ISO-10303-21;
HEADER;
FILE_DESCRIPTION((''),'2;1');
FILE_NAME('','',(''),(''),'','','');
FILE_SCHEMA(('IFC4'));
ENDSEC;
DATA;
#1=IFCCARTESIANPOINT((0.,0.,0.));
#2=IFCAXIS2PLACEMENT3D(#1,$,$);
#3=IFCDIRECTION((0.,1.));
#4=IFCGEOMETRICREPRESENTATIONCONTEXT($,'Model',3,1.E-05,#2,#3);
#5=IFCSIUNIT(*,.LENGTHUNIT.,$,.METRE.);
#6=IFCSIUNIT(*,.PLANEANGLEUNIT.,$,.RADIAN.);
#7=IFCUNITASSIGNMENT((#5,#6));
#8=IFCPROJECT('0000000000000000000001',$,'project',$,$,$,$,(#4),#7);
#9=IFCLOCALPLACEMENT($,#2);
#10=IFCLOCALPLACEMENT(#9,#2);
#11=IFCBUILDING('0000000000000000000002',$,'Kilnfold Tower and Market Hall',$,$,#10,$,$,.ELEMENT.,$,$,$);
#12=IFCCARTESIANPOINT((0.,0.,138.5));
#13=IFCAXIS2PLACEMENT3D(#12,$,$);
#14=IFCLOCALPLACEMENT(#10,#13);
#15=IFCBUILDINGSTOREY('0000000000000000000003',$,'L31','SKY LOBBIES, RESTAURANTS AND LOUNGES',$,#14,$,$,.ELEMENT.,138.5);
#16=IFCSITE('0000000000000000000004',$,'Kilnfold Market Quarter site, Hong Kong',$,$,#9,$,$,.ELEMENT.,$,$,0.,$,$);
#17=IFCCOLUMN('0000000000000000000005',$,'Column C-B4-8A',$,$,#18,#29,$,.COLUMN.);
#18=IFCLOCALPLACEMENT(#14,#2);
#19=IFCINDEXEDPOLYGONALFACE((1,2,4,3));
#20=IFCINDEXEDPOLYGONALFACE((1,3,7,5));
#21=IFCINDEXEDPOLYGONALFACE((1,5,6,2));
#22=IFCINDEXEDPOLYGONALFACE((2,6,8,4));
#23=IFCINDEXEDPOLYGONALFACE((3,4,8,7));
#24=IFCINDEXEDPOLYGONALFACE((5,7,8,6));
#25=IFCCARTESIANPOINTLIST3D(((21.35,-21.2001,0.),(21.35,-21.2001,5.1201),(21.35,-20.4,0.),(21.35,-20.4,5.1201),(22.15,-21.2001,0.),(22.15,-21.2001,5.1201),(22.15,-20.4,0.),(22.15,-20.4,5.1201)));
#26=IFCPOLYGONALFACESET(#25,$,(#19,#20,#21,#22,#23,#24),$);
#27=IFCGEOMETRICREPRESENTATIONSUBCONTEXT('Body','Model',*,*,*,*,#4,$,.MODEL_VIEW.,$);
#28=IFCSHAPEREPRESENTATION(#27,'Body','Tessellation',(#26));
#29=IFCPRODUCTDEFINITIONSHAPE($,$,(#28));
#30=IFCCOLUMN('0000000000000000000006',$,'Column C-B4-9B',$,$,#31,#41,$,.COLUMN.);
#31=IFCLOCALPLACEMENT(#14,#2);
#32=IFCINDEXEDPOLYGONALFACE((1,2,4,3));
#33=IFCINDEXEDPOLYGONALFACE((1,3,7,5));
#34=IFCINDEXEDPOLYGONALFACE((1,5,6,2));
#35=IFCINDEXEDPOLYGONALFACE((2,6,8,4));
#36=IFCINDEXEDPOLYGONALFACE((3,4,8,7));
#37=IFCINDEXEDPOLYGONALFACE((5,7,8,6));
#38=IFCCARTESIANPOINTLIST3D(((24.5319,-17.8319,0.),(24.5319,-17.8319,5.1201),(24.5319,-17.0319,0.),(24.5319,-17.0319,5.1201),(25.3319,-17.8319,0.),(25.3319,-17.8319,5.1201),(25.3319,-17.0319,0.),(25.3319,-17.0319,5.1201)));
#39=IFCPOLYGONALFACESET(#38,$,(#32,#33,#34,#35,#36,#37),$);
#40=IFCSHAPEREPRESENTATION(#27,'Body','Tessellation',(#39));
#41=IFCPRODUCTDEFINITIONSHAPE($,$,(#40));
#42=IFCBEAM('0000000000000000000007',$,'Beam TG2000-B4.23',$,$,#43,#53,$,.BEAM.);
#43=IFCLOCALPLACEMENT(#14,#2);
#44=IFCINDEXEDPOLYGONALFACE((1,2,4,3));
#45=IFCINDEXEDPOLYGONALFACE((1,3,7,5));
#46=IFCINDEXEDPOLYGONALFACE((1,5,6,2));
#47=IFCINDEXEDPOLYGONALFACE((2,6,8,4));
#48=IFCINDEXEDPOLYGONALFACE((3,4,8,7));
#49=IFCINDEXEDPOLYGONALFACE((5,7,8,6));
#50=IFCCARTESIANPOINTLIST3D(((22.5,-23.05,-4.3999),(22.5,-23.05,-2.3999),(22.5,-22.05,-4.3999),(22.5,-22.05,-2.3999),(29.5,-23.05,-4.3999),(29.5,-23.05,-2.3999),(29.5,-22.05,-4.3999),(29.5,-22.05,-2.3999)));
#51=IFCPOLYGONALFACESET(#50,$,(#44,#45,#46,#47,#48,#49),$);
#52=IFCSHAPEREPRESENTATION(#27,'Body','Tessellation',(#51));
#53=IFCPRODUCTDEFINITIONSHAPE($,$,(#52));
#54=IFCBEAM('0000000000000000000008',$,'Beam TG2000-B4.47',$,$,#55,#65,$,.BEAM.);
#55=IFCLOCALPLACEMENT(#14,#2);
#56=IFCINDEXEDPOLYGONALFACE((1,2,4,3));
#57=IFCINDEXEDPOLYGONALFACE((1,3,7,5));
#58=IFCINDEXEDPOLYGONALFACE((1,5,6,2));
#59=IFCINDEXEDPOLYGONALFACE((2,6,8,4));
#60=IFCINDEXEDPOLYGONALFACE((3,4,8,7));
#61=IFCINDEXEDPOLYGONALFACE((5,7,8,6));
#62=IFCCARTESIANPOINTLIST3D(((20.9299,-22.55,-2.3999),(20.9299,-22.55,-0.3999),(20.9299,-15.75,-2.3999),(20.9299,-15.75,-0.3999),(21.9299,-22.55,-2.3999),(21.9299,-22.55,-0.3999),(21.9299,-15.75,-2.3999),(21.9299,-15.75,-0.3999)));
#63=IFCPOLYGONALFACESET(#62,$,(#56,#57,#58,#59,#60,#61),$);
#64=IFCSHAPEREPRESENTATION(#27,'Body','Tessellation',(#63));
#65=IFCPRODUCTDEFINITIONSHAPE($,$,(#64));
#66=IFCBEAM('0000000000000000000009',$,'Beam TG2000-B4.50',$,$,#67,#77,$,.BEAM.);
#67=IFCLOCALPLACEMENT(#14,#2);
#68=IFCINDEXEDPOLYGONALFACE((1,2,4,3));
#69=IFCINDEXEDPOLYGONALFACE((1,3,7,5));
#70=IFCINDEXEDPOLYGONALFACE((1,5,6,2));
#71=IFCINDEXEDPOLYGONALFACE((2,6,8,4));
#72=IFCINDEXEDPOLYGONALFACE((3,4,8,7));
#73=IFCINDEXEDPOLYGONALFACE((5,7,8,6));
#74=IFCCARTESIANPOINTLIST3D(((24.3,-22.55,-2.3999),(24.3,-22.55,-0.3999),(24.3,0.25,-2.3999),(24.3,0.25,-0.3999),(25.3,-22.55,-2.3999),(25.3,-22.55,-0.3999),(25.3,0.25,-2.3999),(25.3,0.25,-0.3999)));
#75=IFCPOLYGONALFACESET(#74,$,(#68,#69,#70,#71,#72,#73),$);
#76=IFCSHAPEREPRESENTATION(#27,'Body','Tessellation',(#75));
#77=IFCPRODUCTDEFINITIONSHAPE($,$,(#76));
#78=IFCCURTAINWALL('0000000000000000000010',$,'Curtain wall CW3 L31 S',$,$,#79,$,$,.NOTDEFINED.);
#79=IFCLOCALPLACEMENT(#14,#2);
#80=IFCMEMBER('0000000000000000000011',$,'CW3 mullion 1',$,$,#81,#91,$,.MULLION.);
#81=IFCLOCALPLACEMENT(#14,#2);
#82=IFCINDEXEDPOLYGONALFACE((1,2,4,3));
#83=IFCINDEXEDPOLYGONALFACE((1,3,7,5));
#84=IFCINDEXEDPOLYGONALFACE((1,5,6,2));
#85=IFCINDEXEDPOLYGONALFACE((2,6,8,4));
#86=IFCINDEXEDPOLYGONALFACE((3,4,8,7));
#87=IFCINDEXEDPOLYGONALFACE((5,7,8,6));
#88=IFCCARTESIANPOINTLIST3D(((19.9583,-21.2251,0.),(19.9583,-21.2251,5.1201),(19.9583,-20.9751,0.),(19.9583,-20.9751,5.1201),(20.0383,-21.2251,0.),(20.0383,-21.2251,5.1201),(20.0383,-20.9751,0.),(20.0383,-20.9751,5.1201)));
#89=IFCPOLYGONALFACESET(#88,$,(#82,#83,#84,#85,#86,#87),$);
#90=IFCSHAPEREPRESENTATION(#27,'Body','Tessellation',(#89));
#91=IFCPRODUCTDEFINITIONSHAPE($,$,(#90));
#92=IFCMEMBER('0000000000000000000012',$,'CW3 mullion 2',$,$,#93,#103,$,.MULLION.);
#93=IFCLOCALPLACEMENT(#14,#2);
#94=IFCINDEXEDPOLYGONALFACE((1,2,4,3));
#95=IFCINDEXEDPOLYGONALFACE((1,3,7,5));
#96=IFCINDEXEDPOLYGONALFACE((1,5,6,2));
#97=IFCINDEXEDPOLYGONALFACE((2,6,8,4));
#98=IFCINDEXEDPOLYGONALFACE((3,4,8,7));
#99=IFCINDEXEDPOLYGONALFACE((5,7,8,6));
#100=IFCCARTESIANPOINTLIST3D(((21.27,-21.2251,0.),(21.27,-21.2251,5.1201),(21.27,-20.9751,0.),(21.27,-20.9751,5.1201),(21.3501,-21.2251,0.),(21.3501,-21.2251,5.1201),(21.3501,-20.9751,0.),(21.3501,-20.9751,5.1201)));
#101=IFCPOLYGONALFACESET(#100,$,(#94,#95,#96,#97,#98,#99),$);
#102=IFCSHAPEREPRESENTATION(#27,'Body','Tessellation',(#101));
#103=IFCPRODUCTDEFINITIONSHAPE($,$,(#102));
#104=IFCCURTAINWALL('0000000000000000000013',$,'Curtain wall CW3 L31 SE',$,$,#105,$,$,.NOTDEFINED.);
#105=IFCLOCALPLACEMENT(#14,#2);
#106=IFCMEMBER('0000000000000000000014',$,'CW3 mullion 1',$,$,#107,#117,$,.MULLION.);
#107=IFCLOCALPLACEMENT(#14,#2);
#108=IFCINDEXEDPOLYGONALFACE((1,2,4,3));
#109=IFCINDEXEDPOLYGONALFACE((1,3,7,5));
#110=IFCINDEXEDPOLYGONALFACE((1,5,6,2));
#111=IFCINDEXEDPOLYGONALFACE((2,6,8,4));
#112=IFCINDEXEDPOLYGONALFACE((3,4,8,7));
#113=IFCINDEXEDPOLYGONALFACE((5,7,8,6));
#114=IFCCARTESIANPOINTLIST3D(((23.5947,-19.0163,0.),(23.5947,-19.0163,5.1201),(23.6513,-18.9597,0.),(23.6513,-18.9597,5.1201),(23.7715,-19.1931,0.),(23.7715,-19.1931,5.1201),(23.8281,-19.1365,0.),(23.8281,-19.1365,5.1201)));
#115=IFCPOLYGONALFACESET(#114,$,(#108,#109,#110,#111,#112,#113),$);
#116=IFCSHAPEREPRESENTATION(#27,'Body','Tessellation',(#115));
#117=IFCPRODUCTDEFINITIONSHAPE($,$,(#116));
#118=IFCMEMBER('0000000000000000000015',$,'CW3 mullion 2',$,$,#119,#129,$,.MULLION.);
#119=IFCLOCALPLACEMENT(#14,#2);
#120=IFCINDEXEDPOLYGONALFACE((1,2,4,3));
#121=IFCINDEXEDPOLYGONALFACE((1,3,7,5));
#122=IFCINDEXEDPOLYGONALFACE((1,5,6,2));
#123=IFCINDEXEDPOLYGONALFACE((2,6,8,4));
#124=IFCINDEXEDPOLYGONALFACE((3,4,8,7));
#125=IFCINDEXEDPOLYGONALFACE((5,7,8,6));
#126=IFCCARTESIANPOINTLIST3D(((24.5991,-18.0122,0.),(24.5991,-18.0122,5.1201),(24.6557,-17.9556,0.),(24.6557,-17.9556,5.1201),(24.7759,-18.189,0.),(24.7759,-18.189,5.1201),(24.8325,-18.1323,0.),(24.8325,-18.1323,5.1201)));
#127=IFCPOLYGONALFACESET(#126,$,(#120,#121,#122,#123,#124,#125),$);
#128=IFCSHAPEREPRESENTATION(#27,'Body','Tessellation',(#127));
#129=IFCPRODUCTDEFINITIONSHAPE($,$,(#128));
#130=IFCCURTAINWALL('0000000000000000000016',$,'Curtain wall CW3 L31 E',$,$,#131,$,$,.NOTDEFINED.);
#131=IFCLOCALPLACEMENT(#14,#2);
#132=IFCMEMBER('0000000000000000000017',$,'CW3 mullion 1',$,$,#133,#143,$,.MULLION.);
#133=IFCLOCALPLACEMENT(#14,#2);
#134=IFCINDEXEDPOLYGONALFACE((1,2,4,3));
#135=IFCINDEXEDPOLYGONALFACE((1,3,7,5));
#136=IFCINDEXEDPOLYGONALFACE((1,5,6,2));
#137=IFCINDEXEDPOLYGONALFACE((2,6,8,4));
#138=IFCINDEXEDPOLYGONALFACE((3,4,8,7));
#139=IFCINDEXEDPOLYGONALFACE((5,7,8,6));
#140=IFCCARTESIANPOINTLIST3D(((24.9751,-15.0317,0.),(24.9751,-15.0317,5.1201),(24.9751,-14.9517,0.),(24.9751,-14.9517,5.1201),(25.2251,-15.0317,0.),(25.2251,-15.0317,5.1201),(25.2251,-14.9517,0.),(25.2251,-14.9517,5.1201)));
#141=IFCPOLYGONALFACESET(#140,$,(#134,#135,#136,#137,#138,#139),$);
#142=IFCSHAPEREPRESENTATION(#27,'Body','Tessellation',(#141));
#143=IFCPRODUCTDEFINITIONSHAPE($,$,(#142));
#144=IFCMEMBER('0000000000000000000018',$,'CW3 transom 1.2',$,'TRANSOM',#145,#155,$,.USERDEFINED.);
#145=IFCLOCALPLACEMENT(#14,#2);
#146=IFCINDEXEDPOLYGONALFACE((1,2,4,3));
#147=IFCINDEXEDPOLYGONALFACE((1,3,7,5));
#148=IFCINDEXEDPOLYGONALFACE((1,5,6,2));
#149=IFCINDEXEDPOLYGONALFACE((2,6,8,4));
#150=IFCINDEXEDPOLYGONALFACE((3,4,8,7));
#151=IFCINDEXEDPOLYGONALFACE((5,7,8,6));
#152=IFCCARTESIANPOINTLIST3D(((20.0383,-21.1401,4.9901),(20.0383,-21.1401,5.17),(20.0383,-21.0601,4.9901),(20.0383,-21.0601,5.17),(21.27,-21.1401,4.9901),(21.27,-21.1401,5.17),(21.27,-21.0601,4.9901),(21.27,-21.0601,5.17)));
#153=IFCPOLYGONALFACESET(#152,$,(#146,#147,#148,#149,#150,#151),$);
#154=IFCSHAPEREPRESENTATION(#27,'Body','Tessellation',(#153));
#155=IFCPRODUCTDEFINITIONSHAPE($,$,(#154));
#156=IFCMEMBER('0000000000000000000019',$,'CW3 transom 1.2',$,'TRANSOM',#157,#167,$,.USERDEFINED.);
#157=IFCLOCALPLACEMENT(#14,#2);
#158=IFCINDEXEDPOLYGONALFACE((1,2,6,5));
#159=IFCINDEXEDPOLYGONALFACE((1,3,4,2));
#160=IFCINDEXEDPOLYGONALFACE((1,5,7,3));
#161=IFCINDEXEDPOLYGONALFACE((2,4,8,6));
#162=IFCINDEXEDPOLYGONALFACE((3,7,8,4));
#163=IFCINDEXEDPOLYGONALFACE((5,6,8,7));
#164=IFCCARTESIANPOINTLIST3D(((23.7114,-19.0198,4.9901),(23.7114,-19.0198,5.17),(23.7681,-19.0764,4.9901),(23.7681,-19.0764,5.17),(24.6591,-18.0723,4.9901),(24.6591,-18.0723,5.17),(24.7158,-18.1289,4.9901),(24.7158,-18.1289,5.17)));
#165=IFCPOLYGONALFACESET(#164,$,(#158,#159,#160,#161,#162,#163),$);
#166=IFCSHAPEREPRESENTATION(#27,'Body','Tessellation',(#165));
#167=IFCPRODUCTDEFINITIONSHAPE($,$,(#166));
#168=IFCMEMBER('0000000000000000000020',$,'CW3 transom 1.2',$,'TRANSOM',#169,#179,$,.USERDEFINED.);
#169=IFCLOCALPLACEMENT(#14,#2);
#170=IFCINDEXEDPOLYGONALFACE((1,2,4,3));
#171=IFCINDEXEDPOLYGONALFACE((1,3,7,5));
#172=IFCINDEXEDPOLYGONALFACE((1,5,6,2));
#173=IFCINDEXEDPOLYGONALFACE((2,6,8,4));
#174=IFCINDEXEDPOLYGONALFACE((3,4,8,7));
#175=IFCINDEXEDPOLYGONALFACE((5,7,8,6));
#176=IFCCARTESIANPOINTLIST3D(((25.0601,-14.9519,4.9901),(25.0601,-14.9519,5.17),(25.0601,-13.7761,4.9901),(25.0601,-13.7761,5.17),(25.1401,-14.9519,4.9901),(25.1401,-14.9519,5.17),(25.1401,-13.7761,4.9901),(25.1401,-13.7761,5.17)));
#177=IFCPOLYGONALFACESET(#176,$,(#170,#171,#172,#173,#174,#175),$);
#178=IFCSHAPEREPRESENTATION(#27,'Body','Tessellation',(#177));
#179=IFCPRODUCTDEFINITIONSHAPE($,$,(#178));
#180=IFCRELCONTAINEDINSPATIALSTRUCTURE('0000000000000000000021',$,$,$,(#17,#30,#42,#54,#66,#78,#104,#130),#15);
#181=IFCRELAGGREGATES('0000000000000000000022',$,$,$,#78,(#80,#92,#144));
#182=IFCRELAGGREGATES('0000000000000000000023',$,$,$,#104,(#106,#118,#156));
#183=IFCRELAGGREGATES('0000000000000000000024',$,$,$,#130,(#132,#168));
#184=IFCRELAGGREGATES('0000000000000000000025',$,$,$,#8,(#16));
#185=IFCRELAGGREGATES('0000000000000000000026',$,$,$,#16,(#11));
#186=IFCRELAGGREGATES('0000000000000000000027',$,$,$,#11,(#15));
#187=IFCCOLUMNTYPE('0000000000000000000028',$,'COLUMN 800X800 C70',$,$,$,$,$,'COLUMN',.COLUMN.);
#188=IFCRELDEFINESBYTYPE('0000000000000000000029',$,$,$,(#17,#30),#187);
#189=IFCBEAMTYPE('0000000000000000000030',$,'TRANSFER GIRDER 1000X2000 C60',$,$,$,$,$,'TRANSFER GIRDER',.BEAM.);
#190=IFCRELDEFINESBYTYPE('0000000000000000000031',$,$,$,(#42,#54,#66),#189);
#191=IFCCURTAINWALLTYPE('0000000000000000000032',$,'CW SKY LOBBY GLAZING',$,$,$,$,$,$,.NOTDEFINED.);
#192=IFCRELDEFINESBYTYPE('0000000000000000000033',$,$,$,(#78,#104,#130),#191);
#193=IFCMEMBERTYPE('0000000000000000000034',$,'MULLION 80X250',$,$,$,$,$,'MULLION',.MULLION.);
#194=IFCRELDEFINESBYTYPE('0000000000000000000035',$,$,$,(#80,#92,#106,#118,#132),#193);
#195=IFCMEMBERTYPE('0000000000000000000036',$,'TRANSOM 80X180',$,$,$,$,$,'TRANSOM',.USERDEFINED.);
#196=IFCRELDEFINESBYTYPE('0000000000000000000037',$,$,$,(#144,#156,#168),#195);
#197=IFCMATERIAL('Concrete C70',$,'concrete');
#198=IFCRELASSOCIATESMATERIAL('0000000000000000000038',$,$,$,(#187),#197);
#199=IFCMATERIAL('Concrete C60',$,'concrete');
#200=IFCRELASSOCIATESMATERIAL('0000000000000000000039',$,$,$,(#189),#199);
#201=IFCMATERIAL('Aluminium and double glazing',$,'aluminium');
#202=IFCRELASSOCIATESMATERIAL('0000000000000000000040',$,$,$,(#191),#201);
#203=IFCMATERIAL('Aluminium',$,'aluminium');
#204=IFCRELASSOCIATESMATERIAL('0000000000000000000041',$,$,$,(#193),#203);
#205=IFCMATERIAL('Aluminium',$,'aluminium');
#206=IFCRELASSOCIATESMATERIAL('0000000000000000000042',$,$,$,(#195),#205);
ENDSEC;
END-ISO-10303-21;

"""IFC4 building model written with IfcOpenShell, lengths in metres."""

from ifc_helpers import new_model, si_unit, direction, frame, origin, origin_2d, place, context, subcontext, project, spatial, rectangle, extrude, source, transform, mapped, material, material_profile, profile_set, type_object, element, aggregate, save


model = new_model("IFC4")

# Units and contexts
model_context = context("Model", 3, precision=1e-05, world=origin(), true_north=direction((0.0, 1.0)))
body_context = subcontext(model_context, "Body", "Model", "MODEL_VIEW")
ifc_project = project(units=[si_unit("LENGTHUNIT", "METRE"), si_unit("PLANEANGLEUNIT", "RADIAN")], contexts=[model_context])

# Site, building, storey
site_placement = place(None, origin())
site = spatial("IfcSite", under=ifc_project, at=site_placement, Name="Kilnfold Market Quarter site, Hong Kong", CompositionType="ELEMENT", RefElevation=0.0)
building_placement = place(site_placement, origin())
building = spatial("IfcBuilding", under=site, at=building_placement, Name="Kilnfold Tower and Market Hall", CompositionType="ELEMENT")
storey_placement = place(building_placement, frame((0.0, 0.0, 138.5)))
storey = spatial("IfcBuildingStorey", under=building, at=storey_placement, Name="L31", Description="SKY LOBBIES, RESTAURANTS AND LOUNGES", CompositionType="ELEMENT", Elevation=138.5)

# Columns
ifc_material_1 = material(Name="Concrete C70", Category="concrete")
ifc_material_profile_1 = material_profile(ifc_material_1, rectangle(XDim=0.8, YDim=0.8, at=origin_2d()), Name="RC 800x800")
ifc_profile_set_1 = profile_set([ifc_material_profile_1], Name="Concrete C70")
column_type = type_object("IfcColumnType", Name="COLUMN 800X800 C70", ElementType="COLUMN", PredefinedType="COLUMN", material=ifc_profile_set_1)
shared_shape_1 = source(origin(), body_context, "Body", "SweptSolid", [
    extrude(rectangle(XDim=0.8, YDim=0.8, at=origin_2d()), origin(), (0.0, 0.0, 1.0), 5.1201),
])
for number, where, z_axis, x_axis, name in (
    (1, (21.75, -20.8, 0.0), (0.0, 0.0, 1.0), (1.0, 0.0, 0.0), "Column C-B4-8A"),
    (2, (24.9319, -17.4319, 0.0), (0.0, 0.0, 1.0), (1.0, 0.0, 0.0), "Column C-B4-9B"),
):
    element("IfcColumn", number, at=place(storey_placement, frame(where, z_axis=z_axis, x_axis=x_axis)), inside=storey, type_object=column_type, Name=name, PredefinedType="COLUMN", context=body_context, shape_type="MappedRepresentation", body=[
        mapped(shared_shape_1, transform((0.0, 0.0, 0.0))),
    ])

# Beams
ifc_material_2 = material(Name="Concrete C60", Category="concrete")
ifc_material_profile_2 = material_profile(ifc_material_2, rectangle(XDim=1.0, YDim=2.0, at=origin_2d()), Name="RC 1000x2000")
ifc_profile_set_2 = profile_set([ifc_material_profile_2], Name="Concrete C60")
beam_type = type_object("IfcBeamType", Name="TRANSFER GIRDER 1000X2000 C60", ElementType="TRANSFER GIRDER", PredefinedType="BEAM", material=ifc_profile_set_2)
shared_shape_2 = source(origin(), body_context, "Body", "SweptSolid", [
    extrude(rectangle(XDim=1.0, YDim=2.0, at=origin_2d()), origin(), (0.0, 0.0, 1.0), 7.0),
])
beam_1_placement = place(storey_placement, frame((22.5, -22.55, -3.3999), z_axis=(1.0, 0.0, 0.0), x_axis=(0.0, 1.0, 0.0)))
element("IfcBeam", 3, at=beam_1_placement, inside=storey, type_object=beam_type, Name="Beam TG2000-B4.23", PredefinedType="BEAM", context=body_context, shape_type="MappedRepresentation", body=[
    mapped(shared_shape_2, transform((0.0, 0.0, 0.0))),
])
shared_shape_3 = source(origin(), body_context, "Body", "SweptSolid", [
    extrude(rectangle(XDim=1.0, YDim=2.0, at=origin_2d()), origin(), (0.0, 0.0, 1.0), 6.8),
])
beam_2_placement = place(storey_placement, frame((21.4299, -22.55, -1.3999), z_axis=(0.0, 1.0, 0.0), x_axis=(-1.0, 0.0, 0.0)))
element("IfcBeam", 4, at=beam_2_placement, inside=storey, type_object=beam_type, Name="Beam TG2000-B4.47", PredefinedType="BEAM", context=body_context, shape_type="MappedRepresentation", body=[
    mapped(shared_shape_3, transform((0.0, 0.0, 0.0))),
])
shared_shape_4 = source(origin(), body_context, "Body", "SweptSolid", [
    extrude(rectangle(XDim=1.0, YDim=2.0, at=origin_2d()), origin(), (0.0, 0.0, 1.0), 22.8),
])
beam_3_placement = place(storey_placement, frame((24.8, -22.55, -1.3999), z_axis=(0.0, 1.0, 0.0), x_axis=(-1.0, 0.0, 0.0)))
element("IfcBeam", 5, at=beam_3_placement, inside=storey, type_object=beam_type, Name="Beam TG2000-B4.50", PredefinedType="BEAM", context=body_context, shape_type="MappedRepresentation", body=[
    mapped(shared_shape_4, transform((0.0, 0.0, 0.0))),
])

# Curtain walls, members
ifc_material_3 = material(Name="Aluminium and double glazing", Category="aluminium")
curtain_wall_type = type_object("IfcCurtainWallType", Name="CW SKY LOBBY GLAZING", PredefinedType="NOTDEFINED", material=ifc_material_3)
curtain_wall_1_placement = place(storey_placement, origin())
curtain_wall_1 = element("IfcCurtainWall", 6, at=curtain_wall_1_placement, inside=storey, type_object=curtain_wall_type, Name="Curtain wall CW3 L31 S", PredefinedType="NOTDEFINED")
ifc_material_4 = material(Name="Aluminium", Category="aluminium")
ifc_material_profile_3 = material_profile(ifc_material_4, rectangle(XDim=0.0801, YDim=0.25, at=origin_2d()), Name="MULLION 80x250")
ifc_profile_set_3 = profile_set([ifc_material_profile_3], Name="Aluminium")
member_type_1 = type_object("IfcMemberType", Name="MULLION 80X250", ElementType="MULLION", PredefinedType="MULLION", material=ifc_profile_set_3)
shared_shape_5 = source(origin(), body_context, "Body", "SweptSolid", [
    extrude(rectangle(XDim=0.0801, YDim=0.25, at=origin_2d()), origin(), (0.0, 0.0, 1.0), 5.1201),
])
member_1_placement = place(storey_placement, frame((19.9983, -21.1001, 0.0), z_axis=(0.0, 0.0, 1.0), x_axis=(1.0, 0.0, 0.0)))
member_1 = element("IfcMember", 7, at=member_1_placement, type_object=member_type_1, Name="CW3 mullion 1", PredefinedType="MULLION", context=body_context, shape_type="MappedRepresentation", body=[
    mapped(shared_shape_5, transform((0.0, 0.0, 0.0))),
])
member_2_placement = place(storey_placement, frame((21.3101, -21.1001, 0.0), z_axis=(0.0, 0.0, 1.0), x_axis=(1.0, 0.0, 0.0)))
member_2 = element("IfcMember", 8, at=member_2_placement, type_object=member_type_1, Name="CW3 mullion 2", PredefinedType="MULLION", context=body_context, shape_type="MappedRepresentation", body=[
    mapped(shared_shape_5, transform((0.0, 0.0, 0.0))),
])
curtain_wall_2_placement = place(storey_placement, origin())
curtain_wall_2 = element("IfcCurtainWall", 9, at=curtain_wall_2_placement, inside=storey, type_object=curtain_wall_type, Name="Curtain wall CW3 L31 SE", PredefinedType="NOTDEFINED")
member_3_placement = place(storey_placement, frame((23.7114, -19.0764, 0.0), z_axis=(0.0, 0.0, 1.0), x_axis=(0.707107, 0.707107, 0.0)))
member_3 = element("IfcMember", 10, at=member_3_placement, type_object=member_type_1, Name="CW3 mullion 1", PredefinedType="MULLION", context=body_context, shape_type="MappedRepresentation", body=[
    mapped(shared_shape_5, transform((0.0, 0.0, 0.0))),
])
member_4_placement = place(storey_placement, frame((24.7158, -18.0723, 0.0), z_axis=(0.0, 0.0, 1.0), x_axis=(0.707107, 0.707107, 0.0)))
member_4 = element("IfcMember", 11, at=member_4_placement, type_object=member_type_1, Name="CW3 mullion 2", PredefinedType="MULLION", context=body_context, shape_type="MappedRepresentation", body=[
    mapped(shared_shape_5, transform((0.0, 0.0, 0.0))),
])

# Curtain wall, member
curtain_wall_3_placement = place(storey_placement, origin())
curtain_wall_3 = element("IfcCurtainWall", 12, at=curtain_wall_3_placement, inside=storey, type_object=curtain_wall_type, Name="Curtain wall CW3 L31 E", PredefinedType="NOTDEFINED")
member_5_placement = place(storey_placement, frame((25.1001, -14.9917, 0.0), z_axis=(0.0, 0.0, 1.0), x_axis=(0.0, 1.0, 0.0)))
member_5 = element("IfcMember", 13, at=member_5_placement, type_object=member_type_1, Name="CW3 mullion 1", PredefinedType="MULLION", context=body_context, shape_type="MappedRepresentation", body=[
    mapped(shared_shape_5, transform((0.0, 0.0, 0.0))),
])

# Members
ifc_material_5 = material(Name="Aluminium", Category="aluminium")
ifc_material_profile_4 = material_profile(ifc_material_5, rectangle(XDim=0.0801, YDim=0.1799, at=origin_2d()), Name="TRANSOM 80x180")
ifc_profile_set_4 = profile_set([ifc_material_profile_4], Name="Aluminium")
member_type_2 = type_object("IfcMemberType", Name="TRANSOM 80X180", ElementType="TRANSOM", PredefinedType="USERDEFINED", material=ifc_profile_set_4)
shared_shape_6 = source(origin(), body_context, "Body", "SweptSolid", [
    extrude(rectangle(XDim=0.0801, YDim=0.1799, at=origin_2d()), origin(), (0.0, 0.0, 1.0), 1.2317),
])
member_6_placement = place(storey_placement, frame((20.0383, -21.1001, 5.0801), z_axis=(1.0, 0.0, 0.0), x_axis=(0.0, 1.0, 0.0)))
member_6 = element("IfcMember", 14, at=member_6_placement, type_object=member_type_2, Name="CW3 transom 1.2", ObjectType="TRANSOM", PredefinedType="USERDEFINED", context=body_context, shape_type="MappedRepresentation", body=[
    mapped(shared_shape_6, transform((0.0, 0.0, 0.0))),
])
shared_shape_7 = source(origin(), body_context, "Body", "SweptSolid", [
    extrude(rectangle(XDim=0.0801, YDim=0.1799, at=origin_2d()), origin(), (0.0, 0.0, 1.0), 1.3401),
])
member_7_placement = place(storey_placement, frame((23.7397, -19.0481, 5.0801), z_axis=(0.707198, 0.707016, 0.0), x_axis=(-0.707016, 0.707198, 0.0)))
member_7 = element("IfcMember", 15, at=member_7_placement, type_object=member_type_2, Name="CW3 transom 1.2", ObjectType="TRANSOM", PredefinedType="USERDEFINED", context=body_context, shape_type="MappedRepresentation", body=[
    mapped(shared_shape_7, transform((0.0, 0.0, 0.0))),
])
shared_shape_8 = source(origin(), body_context, "Body", "SweptSolid", [
    extrude(rectangle(XDim=0.0801, YDim=0.1799, at=origin_2d()), origin(), (0.0, 0.0, 1.0), 1.1758),
])
member_8_placement = place(storey_placement, frame((25.1001, -14.9519, 5.0801), z_axis=(0.0, 1.0, 0.0), x_axis=(-1.0, 0.0, 0.0)))
member_8 = element("IfcMember", 16, at=member_8_placement, type_object=member_type_2, Name="CW3 transom 1.2", ObjectType="TRANSOM", PredefinedType="USERDEFINED", context=body_context, shape_type="MappedRepresentation", body=[
    mapped(shared_shape_8, transform((0.0, 0.0, 0.0))),
])

aggregate(curtain_wall_1, [member_1, member_2, member_6])
aggregate(curtain_wall_2, [member_3, member_4, member_7])
aggregate(curtain_wall_3, [member_5, member_8])

save(model, "model.ifc")
